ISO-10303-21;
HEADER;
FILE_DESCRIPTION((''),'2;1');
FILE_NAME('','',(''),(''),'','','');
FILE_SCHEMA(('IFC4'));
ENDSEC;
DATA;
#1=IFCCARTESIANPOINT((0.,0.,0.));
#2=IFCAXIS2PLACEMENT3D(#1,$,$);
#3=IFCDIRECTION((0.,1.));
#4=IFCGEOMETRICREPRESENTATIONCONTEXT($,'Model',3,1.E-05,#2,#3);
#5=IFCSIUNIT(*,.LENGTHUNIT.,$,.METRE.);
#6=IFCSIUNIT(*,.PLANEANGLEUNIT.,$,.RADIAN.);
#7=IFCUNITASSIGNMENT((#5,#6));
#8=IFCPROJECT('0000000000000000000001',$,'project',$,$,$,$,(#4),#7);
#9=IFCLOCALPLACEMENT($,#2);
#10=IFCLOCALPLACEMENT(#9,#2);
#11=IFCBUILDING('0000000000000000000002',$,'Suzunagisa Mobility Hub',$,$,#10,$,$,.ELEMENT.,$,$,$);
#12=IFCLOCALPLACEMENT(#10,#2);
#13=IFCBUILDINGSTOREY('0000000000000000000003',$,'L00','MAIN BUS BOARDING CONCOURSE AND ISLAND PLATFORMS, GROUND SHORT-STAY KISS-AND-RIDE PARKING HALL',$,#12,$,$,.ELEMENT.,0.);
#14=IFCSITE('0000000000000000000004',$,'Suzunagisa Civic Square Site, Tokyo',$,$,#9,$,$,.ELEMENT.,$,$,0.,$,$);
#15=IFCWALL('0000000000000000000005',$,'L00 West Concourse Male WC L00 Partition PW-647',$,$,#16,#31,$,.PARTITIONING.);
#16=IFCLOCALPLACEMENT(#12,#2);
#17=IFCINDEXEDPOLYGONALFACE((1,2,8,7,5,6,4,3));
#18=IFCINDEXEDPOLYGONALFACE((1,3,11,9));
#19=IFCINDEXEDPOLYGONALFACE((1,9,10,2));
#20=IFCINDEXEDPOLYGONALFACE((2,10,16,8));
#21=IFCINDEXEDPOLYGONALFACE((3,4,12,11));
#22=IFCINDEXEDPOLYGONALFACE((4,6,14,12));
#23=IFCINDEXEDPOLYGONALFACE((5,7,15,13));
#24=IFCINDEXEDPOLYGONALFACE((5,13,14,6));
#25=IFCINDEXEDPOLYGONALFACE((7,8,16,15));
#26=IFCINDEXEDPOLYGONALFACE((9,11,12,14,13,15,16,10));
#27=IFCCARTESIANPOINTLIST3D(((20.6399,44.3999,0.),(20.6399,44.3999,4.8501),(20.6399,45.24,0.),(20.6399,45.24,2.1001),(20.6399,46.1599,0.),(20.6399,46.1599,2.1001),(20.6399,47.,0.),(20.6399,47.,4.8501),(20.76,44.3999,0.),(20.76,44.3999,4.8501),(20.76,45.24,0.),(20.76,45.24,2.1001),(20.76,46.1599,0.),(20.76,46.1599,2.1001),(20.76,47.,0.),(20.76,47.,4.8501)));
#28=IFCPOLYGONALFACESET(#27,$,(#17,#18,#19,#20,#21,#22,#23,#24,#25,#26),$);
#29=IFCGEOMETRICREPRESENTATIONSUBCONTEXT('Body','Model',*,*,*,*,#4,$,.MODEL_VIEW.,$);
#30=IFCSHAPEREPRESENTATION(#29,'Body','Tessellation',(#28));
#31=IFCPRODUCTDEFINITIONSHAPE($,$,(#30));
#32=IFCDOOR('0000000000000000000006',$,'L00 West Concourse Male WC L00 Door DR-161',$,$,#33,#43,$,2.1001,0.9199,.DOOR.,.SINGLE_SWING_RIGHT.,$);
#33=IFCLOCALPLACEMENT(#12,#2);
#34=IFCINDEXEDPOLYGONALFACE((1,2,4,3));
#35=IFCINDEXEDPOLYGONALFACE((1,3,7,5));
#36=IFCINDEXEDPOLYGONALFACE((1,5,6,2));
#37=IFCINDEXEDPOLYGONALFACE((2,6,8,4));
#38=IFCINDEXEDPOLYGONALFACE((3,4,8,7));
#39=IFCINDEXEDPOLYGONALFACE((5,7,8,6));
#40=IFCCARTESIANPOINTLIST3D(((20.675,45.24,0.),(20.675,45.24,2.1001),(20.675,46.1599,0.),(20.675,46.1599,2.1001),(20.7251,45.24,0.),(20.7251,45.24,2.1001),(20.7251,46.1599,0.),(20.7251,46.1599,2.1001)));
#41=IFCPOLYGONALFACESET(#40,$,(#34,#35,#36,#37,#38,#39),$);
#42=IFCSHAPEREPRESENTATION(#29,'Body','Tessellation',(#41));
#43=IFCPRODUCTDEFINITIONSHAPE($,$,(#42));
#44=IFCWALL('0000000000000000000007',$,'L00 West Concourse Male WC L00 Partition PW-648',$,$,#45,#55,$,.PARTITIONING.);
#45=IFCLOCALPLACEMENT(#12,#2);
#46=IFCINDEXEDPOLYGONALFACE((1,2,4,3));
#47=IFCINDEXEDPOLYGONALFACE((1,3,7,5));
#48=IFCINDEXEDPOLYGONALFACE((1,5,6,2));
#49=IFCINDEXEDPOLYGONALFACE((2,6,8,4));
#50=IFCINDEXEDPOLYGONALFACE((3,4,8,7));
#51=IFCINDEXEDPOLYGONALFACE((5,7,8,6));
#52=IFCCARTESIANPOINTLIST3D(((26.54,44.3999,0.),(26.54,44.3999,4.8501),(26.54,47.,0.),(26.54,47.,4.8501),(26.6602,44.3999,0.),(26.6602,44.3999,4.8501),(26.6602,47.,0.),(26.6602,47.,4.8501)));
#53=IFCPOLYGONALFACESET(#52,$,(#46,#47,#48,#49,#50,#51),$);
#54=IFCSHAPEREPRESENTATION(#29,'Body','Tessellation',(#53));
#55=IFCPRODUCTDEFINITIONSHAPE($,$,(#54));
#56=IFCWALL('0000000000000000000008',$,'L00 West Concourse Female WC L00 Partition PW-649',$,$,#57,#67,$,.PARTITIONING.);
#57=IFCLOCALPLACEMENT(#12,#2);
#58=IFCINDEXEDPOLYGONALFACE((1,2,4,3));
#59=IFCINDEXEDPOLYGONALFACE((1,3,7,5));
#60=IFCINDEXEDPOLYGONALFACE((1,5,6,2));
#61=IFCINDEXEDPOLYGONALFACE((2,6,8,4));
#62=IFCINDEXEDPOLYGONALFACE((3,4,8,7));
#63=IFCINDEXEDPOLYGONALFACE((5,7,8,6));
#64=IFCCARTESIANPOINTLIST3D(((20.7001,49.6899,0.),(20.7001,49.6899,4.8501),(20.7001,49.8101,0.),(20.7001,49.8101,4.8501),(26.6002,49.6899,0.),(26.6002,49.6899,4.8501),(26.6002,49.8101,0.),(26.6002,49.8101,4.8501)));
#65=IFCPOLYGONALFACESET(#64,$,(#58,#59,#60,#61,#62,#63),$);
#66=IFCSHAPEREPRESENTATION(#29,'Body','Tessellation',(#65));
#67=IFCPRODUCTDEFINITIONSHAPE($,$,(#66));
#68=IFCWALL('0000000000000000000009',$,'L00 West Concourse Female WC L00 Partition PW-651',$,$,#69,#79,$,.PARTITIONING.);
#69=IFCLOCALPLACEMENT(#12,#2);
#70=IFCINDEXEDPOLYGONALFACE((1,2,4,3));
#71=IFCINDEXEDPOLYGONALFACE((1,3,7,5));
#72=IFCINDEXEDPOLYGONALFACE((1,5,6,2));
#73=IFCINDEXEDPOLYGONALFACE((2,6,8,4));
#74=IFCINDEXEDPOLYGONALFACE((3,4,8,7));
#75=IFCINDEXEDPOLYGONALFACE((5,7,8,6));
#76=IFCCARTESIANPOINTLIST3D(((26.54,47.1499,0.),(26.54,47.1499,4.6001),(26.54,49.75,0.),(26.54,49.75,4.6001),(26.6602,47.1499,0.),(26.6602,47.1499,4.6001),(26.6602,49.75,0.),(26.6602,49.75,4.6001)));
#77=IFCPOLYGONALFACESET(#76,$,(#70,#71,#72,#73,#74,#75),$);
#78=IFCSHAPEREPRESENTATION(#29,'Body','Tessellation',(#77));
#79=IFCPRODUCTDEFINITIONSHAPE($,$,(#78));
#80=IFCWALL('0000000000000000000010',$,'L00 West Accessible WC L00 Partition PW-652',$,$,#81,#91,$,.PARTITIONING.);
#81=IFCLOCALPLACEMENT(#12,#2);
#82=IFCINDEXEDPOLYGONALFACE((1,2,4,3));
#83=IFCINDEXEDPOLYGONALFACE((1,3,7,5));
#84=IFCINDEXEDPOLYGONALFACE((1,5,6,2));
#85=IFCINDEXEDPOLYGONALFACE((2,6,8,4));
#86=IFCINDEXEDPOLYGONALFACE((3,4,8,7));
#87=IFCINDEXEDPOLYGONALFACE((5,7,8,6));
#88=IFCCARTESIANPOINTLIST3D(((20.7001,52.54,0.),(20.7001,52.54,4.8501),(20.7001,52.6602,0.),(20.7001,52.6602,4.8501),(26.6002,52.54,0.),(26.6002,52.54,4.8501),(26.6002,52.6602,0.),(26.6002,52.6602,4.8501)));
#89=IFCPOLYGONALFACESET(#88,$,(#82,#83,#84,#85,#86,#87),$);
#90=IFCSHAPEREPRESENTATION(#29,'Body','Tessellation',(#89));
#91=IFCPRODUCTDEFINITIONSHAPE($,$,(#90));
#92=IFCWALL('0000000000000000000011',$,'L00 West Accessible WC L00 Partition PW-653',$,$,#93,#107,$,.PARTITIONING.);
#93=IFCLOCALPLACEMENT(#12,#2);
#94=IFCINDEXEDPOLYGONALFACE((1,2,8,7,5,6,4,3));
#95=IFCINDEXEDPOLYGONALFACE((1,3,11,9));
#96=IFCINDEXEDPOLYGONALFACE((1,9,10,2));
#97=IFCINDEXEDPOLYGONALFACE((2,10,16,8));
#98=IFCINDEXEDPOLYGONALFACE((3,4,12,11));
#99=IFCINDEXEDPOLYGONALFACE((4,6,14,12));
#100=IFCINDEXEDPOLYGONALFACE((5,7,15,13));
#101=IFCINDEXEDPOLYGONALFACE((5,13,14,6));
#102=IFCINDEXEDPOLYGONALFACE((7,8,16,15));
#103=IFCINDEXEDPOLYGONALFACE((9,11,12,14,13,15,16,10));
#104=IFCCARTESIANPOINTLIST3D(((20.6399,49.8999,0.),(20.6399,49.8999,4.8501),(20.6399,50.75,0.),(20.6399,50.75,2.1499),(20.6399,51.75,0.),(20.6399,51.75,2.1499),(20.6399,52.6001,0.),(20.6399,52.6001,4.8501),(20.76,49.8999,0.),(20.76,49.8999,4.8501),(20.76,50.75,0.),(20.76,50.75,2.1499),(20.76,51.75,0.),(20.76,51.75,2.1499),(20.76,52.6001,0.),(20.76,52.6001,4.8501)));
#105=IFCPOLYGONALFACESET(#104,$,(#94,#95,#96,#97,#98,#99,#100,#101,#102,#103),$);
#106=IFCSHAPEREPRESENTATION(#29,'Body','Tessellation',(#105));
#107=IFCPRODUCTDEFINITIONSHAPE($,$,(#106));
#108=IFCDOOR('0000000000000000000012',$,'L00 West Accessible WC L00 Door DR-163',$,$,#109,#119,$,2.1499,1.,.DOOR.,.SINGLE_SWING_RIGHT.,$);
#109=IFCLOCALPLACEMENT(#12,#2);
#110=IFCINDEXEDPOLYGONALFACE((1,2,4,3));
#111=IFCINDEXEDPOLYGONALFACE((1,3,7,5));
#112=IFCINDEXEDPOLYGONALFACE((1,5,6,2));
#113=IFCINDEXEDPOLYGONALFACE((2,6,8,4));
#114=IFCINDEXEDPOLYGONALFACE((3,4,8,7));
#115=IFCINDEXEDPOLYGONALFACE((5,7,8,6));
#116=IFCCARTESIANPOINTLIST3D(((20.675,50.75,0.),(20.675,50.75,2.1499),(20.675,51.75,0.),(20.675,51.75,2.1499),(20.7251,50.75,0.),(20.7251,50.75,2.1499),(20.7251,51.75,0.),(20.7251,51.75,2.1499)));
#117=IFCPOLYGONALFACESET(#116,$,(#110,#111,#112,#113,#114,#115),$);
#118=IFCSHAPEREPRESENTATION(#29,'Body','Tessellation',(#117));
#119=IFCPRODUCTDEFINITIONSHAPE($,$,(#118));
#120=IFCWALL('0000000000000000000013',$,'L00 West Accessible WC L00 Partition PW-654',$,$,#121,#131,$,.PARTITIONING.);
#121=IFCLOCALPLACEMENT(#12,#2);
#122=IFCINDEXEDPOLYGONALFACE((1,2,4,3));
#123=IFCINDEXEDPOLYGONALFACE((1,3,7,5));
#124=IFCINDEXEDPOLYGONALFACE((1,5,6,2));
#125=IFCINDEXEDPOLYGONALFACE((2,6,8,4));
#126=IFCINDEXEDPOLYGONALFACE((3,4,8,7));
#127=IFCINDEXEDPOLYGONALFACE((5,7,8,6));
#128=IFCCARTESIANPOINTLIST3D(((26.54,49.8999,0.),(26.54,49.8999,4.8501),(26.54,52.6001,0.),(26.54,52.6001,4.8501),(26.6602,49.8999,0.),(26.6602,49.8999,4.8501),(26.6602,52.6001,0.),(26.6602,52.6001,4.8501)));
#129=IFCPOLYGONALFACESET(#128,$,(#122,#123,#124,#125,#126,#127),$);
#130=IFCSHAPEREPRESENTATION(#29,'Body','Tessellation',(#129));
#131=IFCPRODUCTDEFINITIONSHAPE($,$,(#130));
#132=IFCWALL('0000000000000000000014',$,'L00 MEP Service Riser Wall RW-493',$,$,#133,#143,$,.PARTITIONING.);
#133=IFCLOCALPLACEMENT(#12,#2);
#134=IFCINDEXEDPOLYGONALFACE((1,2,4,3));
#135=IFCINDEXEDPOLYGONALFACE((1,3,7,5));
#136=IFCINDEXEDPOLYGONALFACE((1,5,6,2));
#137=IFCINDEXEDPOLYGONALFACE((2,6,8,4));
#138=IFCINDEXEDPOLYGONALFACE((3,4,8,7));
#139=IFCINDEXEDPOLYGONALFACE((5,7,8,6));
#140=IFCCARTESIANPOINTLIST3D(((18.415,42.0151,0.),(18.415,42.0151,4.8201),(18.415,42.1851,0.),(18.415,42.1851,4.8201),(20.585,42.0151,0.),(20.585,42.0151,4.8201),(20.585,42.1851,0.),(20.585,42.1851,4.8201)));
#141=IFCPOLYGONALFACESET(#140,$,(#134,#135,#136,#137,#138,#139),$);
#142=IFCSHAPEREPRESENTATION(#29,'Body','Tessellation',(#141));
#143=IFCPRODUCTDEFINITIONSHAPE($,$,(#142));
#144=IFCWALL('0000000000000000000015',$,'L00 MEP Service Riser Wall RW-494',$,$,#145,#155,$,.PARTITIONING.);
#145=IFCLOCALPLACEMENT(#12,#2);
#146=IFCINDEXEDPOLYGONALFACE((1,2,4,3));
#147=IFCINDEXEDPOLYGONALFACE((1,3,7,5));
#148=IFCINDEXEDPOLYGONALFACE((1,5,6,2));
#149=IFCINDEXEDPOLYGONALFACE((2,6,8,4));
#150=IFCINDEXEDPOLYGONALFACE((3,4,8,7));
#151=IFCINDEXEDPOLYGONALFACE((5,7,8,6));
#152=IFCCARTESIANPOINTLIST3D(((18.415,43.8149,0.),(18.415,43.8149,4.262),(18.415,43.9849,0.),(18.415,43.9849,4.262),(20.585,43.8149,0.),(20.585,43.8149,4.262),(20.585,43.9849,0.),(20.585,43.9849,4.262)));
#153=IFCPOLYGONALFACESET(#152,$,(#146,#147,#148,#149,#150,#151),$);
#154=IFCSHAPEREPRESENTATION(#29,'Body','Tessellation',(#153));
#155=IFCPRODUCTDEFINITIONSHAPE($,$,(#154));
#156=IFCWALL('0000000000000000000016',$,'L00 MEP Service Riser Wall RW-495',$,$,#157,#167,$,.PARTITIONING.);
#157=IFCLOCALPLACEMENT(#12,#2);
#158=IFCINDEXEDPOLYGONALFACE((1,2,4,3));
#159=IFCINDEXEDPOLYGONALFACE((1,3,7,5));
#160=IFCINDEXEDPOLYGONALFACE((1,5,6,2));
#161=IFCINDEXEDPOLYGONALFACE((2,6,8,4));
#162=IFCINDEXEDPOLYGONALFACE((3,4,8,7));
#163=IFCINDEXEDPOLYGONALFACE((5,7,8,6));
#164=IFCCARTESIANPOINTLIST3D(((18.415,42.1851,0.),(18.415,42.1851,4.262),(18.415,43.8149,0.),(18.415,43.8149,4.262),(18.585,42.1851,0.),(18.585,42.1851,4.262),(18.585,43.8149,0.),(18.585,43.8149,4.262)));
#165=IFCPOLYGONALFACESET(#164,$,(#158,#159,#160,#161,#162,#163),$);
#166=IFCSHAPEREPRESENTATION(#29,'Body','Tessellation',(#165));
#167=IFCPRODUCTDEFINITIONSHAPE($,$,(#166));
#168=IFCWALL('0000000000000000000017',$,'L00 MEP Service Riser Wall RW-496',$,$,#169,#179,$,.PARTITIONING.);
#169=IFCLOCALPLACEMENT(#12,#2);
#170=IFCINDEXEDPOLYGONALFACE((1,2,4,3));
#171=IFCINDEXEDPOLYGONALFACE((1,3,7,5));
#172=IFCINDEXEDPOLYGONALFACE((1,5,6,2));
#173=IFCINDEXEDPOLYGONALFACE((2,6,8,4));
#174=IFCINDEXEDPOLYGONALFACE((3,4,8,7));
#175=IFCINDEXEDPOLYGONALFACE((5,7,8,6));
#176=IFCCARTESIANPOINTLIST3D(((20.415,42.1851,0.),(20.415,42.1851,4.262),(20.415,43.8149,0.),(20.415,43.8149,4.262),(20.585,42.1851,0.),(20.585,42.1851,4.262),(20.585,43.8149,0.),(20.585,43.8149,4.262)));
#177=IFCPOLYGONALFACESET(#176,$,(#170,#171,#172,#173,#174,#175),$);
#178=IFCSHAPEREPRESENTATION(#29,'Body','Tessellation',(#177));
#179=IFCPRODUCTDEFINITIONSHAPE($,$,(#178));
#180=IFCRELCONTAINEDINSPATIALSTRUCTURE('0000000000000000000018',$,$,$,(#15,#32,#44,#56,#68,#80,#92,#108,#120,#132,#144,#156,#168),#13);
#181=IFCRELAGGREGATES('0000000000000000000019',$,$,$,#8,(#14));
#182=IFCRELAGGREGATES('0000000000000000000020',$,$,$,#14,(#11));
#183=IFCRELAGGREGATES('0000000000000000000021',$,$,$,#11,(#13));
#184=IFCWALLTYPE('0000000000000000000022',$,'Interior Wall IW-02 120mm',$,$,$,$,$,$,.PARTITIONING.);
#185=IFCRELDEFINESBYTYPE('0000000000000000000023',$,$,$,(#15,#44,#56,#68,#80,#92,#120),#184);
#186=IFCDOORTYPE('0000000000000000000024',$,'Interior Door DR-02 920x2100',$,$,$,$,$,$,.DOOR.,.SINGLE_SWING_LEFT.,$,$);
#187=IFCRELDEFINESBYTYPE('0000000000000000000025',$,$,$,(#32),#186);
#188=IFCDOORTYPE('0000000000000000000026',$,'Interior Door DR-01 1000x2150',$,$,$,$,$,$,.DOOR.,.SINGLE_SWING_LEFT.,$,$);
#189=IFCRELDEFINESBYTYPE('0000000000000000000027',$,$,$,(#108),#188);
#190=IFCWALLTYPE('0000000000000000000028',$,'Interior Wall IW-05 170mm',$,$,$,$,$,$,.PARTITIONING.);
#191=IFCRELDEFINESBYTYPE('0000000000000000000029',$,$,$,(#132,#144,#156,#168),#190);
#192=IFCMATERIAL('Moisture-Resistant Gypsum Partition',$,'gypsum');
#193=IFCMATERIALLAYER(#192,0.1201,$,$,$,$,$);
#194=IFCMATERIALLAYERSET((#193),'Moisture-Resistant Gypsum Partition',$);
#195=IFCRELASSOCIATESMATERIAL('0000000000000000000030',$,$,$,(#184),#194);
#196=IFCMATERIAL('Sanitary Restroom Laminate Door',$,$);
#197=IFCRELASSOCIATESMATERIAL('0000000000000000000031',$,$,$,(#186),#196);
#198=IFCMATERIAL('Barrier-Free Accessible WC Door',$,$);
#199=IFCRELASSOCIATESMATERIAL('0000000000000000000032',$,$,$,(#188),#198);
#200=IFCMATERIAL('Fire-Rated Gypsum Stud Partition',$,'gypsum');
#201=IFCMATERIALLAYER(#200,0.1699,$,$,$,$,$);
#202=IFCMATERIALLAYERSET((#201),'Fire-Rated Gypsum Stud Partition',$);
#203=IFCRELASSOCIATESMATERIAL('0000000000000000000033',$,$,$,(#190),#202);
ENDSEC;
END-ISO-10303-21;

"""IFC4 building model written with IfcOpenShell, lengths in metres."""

from ifc_helpers import new_model, si_unit, direction, frame, frame_2d, origin, place, context, subcontext, project, spatial, rectangle, extrude, material, layer, layer_set, type_object, element, fill, save


model = new_model("IFC4")

# Units and contexts
model_context = context("Model", 3, precision=1e-05, world=origin(), true_north=direction((0.0, 1.0)))
body_context = subcontext(model_context, "Body", "Model", "MODEL_VIEW")
ifc_project = project(units=[si_unit("LENGTHUNIT", "METRE"), si_unit("PLANEANGLEUNIT", "RADIAN")], contexts=[model_context])

# Site, building, storey
site_placement = place(None, origin())
site = spatial("IfcSite", under=ifc_project, at=site_placement, Name="Suzunagisa Civic Square Site, Tokyo", CompositionType="ELEMENT", RefElevation=0.0)
building_placement = place(site_placement, origin())
building = spatial("IfcBuilding", under=site, at=building_placement, Name="Suzunagisa Mobility Hub", CompositionType="ELEMENT")
storey_placement = place(building_placement, origin())
storey = spatial("IfcBuildingStorey", under=building, at=storey_placement, Name="L00", Description="MAIN BUS BOARDING CONCOURSE AND ISLAND PLATFORMS, GROUND SHORT-STAY KISS-AND-RIDE PARKING HALL", CompositionType="ELEMENT", Elevation=0.0)

# Shared definitions
ifc_material_1 = material(Name="Moisture-Resistant Gypsum Partition", Category="gypsum")
ifc_layer_1 = layer(ifc_material_1, 0.1201)
ifc_layer_set_1 = layer_set([ifc_layer_1], Name="Moisture-Resistant Gypsum Partition")
wall_type_1 = type_object("IfcWallType", Name="Interior Wall IW-02 120mm", PredefinedType="PARTITIONING", material=ifc_layer_set_1)

# Wall, opening, door
wall_1_placement = place(storey_placement, frame((20.7, 44.3999, 0.0), z_axis=(0.0, 0.0, 1.0), x_axis=(0.0, 1.0, 0.0)))
wall_1 = element("IfcWall", 1, at=wall_1_placement, inside=storey, type_object=wall_type_1, Name="L00 West Concourse Male WC L00 Partition PW-647", PredefinedType="PARTITIONING", context=body_context, shape_type="SweptSolid", body=[
    extrude(rectangle(XDim=2.6001, YDim=0.1201, at=frame_2d((1.3, 0.0))), origin(), (0.0, 0.0, 1.0), 4.8501),
])
opening_1_placement = place(wall_1_placement, frame((0.8401, 0.0, 0.0)))
opening_1 = element("IfcOpeningElement", 2, at=opening_1_placement, cuts=wall_1, PredefinedType="OPENING", context=body_context, shape_type="SweptSolid", body=[
    extrude(rectangle(XDim=0.9199, YDim=2.1001, at=frame_2d((0.46, 1.05))), frame((0.0, 0.071, 0.0), z_axis=(0.0, -1.0, 0.0), x_axis=(1.0, 0.0, 0.0)), (0.0, 0.0, 1.0), 0.1421),
])
ifc_material_2 = material(Name="Sanitary Restroom Laminate Door")
door_type_1 = type_object("IfcDoorType", Name="Interior Door DR-02 920x2100", OperationType="SINGLE_SWING_LEFT", PredefinedType="DOOR", material=ifc_material_2)
door_1_placement = place(opening_1_placement, origin())
door_1 = element("IfcDoor", 3, at=door_1_placement, inside=storey, type_object=door_type_1, Name="L00 West Concourse Male WC L00 Door DR-161", OperationType="SINGLE_SWING_RIGHT", OverallHeight=2.1001, OverallWidth=0.9199, PredefinedType="DOOR", context=body_context, shape_type="SweptSolid", body=[
    extrude(rectangle(XDim=0.9199, YDim=2.1001, at=frame_2d((0.46, 1.05))), frame((0.0, 0.0249, 0.0), z_axis=(0.0, -1.0, 0.0), x_axis=(1.0, 0.0, 0.0)), (0.0, 0.0, 1.0), 0.05),
])
fill(opening_1, door_1)

# Walls
wall_2_placement = place(storey_placement, frame((26.6001, 44.3999, 0.0), z_axis=(0.0, 0.0, 1.0), x_axis=(0.0, 1.0, 0.0)))
element("IfcWall", 4, at=wall_2_placement, inside=storey, type_object=wall_type_1, Name="L00 West Concourse Male WC L00 Partition PW-648", PredefinedType="PARTITIONING", context=body_context, shape_type="SweptSolid", body=[
    extrude(rectangle(XDim=2.6001, YDim=0.1201, at=frame_2d((1.3, 0.0))), origin(), (0.0, 0.0, 1.0), 4.8501),
])
wall_3_placement = place(storey_placement, frame((20.7, 49.75, 0.0), z_axis=(0.0, 0.0, 1.0), x_axis=(1.0, 0.0, 0.0)))
element("IfcWall", 5, at=wall_3_placement, inside=storey, type_object=wall_type_1, Name="L00 West Concourse Female WC L00 Partition PW-649", PredefinedType="PARTITIONING", context=body_context, shape_type="SweptSolid", body=[
    extrude(rectangle(XDim=5.9001, YDim=0.1201, at=frame_2d((2.9502, 0.0))), origin(), (0.0, 0.0, 1.0), 4.8501),
])

# Walls
wall_4_placement = place(storey_placement, frame((26.6001, 47.1499, 0.0), z_axis=(0.0, 0.0, 1.0), x_axis=(0.0, 1.0, 0.0)))
element("IfcWall", 6, at=wall_4_placement, inside=storey, type_object=wall_type_1, Name="L00 West Concourse Female WC L00 Partition PW-651", PredefinedType="PARTITIONING", context=body_context, shape_type="SweptSolid", body=[
    extrude(rectangle(XDim=2.6001, YDim=0.1201, at=frame_2d((1.3, 0.0))), origin(), (0.0, 0.0, 1.0), 4.6001),
])
wall_5_placement = place(storey_placement, frame((20.7, 52.6001, 0.0), z_axis=(0.0, 0.0, 1.0), x_axis=(1.0, 0.0, 0.0)))
element("IfcWall", 7, at=wall_5_placement, inside=storey, type_object=wall_type_1, Name="L00 West Accessible WC L00 Partition PW-652", PredefinedType="PARTITIONING", context=body_context, shape_type="SweptSolid", body=[
    extrude(rectangle(XDim=5.9001, YDim=0.1201, at=frame_2d((2.9502, 0.0))), origin(), (0.0, 0.0, 1.0), 4.8501),
])

# Wall, opening, door
wall_6_placement = place(storey_placement, frame((20.7, 49.8999, 0.0), z_axis=(0.0, 0.0, 1.0), x_axis=(0.0, 1.0, 0.0)))
wall_6 = element("IfcWall", 8, at=wall_6_placement, inside=storey, type_object=wall_type_1, Name="L00 West Accessible WC L00 Partition PW-653", PredefinedType="PARTITIONING", context=body_context, shape_type="SweptSolid", body=[
    extrude(rectangle(XDim=2.7002, YDim=0.1201, at=frame_2d((1.3501, 0.0))), origin(), (0.0, 0.0, 1.0), 4.8501),
])
opening_2_placement = place(wall_6_placement, frame((0.8501, 0.0, 0.0)))
opening_2 = element("IfcOpeningElement", 9, at=opening_2_placement, cuts=wall_6, PredefinedType="OPENING", context=body_context, shape_type="SweptSolid", body=[
    extrude(rectangle(XDim=1.0, YDim=2.1499, at=frame_2d((0.5, 1.075))), frame((0.0, 0.071, 0.0), z_axis=(0.0, -1.0, 0.0), x_axis=(1.0, 0.0, 0.0)), (0.0, 0.0, 1.0), 0.1421),
])
ifc_material_3 = material(Name="Barrier-Free Accessible WC Door")
door_type_2 = type_object("IfcDoorType", Name="Interior Door DR-01 1000x2150", OperationType="SINGLE_SWING_LEFT", PredefinedType="DOOR", material=ifc_material_3)
door_2_placement = place(opening_2_placement, origin())
door_2 = element("IfcDoor", 10, at=door_2_placement, inside=storey, type_object=door_type_2, Name="L00 West Accessible WC L00 Door DR-163", OperationType="SINGLE_SWING_RIGHT", OverallHeight=2.1499, OverallWidth=1.0, PredefinedType="DOOR", context=body_context, shape_type="SweptSolid", body=[
    extrude(rectangle(XDim=1.0, YDim=2.1499, at=frame_2d((0.5, 1.075))), frame((0.0, 0.0249, 0.0), z_axis=(0.0, -1.0, 0.0), x_axis=(1.0, 0.0, 0.0)), (0.0, 0.0, 1.0), 0.05),
])
fill(opening_2, door_2)

# Walls
wall_7_placement = place(storey_placement, frame((26.6001, 49.8999, 0.0), z_axis=(0.0, 0.0, 1.0), x_axis=(0.0, 1.0, 0.0)))
element("IfcWall", 11, at=wall_7_placement, inside=storey, type_object=wall_type_1, Name="L00 West Accessible WC L00 Partition PW-654", PredefinedType="PARTITIONING", context=body_context, shape_type="SweptSolid", body=[
    extrude(rectangle(XDim=2.7002, YDim=0.1201, at=frame_2d((1.3501, 0.0))), origin(), (0.0, 0.0, 1.0), 4.8501),
])
ifc_material_4 = material(Name="Fire-Rated Gypsum Stud Partition", Category="gypsum")
ifc_layer_2 = layer(ifc_material_4, 0.1699)
ifc_layer_set_2 = layer_set([ifc_layer_2], Name="Fire-Rated Gypsum Stud Partition")
wall_type_2 = type_object("IfcWallType", Name="Interior Wall IW-05 170mm", PredefinedType="PARTITIONING", material=ifc_layer_set_2)
wall_8_placement = place(storey_placement, frame((18.415, 42.1001, 0.0), z_axis=(0.0, 0.0, 1.0), x_axis=(1.0, 0.0, 0.0)))
element("IfcWall", 12, at=wall_8_placement, inside=storey, type_object=wall_type_2, Name="L00 MEP Service Riser Wall RW-493", PredefinedType="PARTITIONING", context=body_context, shape_type="SweptSolid", body=[
    extrude(rectangle(XDim=2.1699, YDim=0.1699, at=frame_2d((1.085, 0.0))), origin(), (0.0, 0.0, 1.0), 4.8201),
])
wall_9_placement = place(storey_placement, frame((18.415, 43.8999, 0.0), z_axis=(0.0, 0.0, 1.0), x_axis=(1.0, 0.0, 0.0)))
element("IfcWall", 13, at=wall_9_placement, inside=storey, type_object=wall_type_2, Name="L00 MEP Service Riser Wall RW-494", PredefinedType="PARTITIONING", context=body_context, shape_type="SweptSolid", body=[
    extrude(rectangle(XDim=2.1699, YDim=0.1699, at=frame_2d((1.085, 0.0))), origin(), (0.0, 0.0, 1.0), 4.262),
])
for number, where, z_axis, x_axis, name in (
    (14, (18.5, 42.1851, 0.0), (0.0, 0.0, 1.0), (0.0, 1.0, 0.0), "L00 MEP Service Riser Wall RW-495"),
    (15, (20.5, 42.1851, 0.0), (0.0, 0.0, 1.0), (0.0, 1.0, 0.0), "L00 MEP Service Riser Wall RW-496"),
):
    element("IfcWall", number, at=place(storey_placement, frame(where, z_axis=z_axis, x_axis=x_axis)), inside=storey, type_object=wall_type_2, Name=name, PredefinedType="PARTITIONING", context=body_context, shape_type="SweptSolid", body=[
        extrude(rectangle(XDim=1.6299, YDim=0.1699, at=frame_2d((0.8149, 0.0))), origin(), (0.0, 0.0, 1.0), 4.262),
    ])

save(model, "model.ifc")
